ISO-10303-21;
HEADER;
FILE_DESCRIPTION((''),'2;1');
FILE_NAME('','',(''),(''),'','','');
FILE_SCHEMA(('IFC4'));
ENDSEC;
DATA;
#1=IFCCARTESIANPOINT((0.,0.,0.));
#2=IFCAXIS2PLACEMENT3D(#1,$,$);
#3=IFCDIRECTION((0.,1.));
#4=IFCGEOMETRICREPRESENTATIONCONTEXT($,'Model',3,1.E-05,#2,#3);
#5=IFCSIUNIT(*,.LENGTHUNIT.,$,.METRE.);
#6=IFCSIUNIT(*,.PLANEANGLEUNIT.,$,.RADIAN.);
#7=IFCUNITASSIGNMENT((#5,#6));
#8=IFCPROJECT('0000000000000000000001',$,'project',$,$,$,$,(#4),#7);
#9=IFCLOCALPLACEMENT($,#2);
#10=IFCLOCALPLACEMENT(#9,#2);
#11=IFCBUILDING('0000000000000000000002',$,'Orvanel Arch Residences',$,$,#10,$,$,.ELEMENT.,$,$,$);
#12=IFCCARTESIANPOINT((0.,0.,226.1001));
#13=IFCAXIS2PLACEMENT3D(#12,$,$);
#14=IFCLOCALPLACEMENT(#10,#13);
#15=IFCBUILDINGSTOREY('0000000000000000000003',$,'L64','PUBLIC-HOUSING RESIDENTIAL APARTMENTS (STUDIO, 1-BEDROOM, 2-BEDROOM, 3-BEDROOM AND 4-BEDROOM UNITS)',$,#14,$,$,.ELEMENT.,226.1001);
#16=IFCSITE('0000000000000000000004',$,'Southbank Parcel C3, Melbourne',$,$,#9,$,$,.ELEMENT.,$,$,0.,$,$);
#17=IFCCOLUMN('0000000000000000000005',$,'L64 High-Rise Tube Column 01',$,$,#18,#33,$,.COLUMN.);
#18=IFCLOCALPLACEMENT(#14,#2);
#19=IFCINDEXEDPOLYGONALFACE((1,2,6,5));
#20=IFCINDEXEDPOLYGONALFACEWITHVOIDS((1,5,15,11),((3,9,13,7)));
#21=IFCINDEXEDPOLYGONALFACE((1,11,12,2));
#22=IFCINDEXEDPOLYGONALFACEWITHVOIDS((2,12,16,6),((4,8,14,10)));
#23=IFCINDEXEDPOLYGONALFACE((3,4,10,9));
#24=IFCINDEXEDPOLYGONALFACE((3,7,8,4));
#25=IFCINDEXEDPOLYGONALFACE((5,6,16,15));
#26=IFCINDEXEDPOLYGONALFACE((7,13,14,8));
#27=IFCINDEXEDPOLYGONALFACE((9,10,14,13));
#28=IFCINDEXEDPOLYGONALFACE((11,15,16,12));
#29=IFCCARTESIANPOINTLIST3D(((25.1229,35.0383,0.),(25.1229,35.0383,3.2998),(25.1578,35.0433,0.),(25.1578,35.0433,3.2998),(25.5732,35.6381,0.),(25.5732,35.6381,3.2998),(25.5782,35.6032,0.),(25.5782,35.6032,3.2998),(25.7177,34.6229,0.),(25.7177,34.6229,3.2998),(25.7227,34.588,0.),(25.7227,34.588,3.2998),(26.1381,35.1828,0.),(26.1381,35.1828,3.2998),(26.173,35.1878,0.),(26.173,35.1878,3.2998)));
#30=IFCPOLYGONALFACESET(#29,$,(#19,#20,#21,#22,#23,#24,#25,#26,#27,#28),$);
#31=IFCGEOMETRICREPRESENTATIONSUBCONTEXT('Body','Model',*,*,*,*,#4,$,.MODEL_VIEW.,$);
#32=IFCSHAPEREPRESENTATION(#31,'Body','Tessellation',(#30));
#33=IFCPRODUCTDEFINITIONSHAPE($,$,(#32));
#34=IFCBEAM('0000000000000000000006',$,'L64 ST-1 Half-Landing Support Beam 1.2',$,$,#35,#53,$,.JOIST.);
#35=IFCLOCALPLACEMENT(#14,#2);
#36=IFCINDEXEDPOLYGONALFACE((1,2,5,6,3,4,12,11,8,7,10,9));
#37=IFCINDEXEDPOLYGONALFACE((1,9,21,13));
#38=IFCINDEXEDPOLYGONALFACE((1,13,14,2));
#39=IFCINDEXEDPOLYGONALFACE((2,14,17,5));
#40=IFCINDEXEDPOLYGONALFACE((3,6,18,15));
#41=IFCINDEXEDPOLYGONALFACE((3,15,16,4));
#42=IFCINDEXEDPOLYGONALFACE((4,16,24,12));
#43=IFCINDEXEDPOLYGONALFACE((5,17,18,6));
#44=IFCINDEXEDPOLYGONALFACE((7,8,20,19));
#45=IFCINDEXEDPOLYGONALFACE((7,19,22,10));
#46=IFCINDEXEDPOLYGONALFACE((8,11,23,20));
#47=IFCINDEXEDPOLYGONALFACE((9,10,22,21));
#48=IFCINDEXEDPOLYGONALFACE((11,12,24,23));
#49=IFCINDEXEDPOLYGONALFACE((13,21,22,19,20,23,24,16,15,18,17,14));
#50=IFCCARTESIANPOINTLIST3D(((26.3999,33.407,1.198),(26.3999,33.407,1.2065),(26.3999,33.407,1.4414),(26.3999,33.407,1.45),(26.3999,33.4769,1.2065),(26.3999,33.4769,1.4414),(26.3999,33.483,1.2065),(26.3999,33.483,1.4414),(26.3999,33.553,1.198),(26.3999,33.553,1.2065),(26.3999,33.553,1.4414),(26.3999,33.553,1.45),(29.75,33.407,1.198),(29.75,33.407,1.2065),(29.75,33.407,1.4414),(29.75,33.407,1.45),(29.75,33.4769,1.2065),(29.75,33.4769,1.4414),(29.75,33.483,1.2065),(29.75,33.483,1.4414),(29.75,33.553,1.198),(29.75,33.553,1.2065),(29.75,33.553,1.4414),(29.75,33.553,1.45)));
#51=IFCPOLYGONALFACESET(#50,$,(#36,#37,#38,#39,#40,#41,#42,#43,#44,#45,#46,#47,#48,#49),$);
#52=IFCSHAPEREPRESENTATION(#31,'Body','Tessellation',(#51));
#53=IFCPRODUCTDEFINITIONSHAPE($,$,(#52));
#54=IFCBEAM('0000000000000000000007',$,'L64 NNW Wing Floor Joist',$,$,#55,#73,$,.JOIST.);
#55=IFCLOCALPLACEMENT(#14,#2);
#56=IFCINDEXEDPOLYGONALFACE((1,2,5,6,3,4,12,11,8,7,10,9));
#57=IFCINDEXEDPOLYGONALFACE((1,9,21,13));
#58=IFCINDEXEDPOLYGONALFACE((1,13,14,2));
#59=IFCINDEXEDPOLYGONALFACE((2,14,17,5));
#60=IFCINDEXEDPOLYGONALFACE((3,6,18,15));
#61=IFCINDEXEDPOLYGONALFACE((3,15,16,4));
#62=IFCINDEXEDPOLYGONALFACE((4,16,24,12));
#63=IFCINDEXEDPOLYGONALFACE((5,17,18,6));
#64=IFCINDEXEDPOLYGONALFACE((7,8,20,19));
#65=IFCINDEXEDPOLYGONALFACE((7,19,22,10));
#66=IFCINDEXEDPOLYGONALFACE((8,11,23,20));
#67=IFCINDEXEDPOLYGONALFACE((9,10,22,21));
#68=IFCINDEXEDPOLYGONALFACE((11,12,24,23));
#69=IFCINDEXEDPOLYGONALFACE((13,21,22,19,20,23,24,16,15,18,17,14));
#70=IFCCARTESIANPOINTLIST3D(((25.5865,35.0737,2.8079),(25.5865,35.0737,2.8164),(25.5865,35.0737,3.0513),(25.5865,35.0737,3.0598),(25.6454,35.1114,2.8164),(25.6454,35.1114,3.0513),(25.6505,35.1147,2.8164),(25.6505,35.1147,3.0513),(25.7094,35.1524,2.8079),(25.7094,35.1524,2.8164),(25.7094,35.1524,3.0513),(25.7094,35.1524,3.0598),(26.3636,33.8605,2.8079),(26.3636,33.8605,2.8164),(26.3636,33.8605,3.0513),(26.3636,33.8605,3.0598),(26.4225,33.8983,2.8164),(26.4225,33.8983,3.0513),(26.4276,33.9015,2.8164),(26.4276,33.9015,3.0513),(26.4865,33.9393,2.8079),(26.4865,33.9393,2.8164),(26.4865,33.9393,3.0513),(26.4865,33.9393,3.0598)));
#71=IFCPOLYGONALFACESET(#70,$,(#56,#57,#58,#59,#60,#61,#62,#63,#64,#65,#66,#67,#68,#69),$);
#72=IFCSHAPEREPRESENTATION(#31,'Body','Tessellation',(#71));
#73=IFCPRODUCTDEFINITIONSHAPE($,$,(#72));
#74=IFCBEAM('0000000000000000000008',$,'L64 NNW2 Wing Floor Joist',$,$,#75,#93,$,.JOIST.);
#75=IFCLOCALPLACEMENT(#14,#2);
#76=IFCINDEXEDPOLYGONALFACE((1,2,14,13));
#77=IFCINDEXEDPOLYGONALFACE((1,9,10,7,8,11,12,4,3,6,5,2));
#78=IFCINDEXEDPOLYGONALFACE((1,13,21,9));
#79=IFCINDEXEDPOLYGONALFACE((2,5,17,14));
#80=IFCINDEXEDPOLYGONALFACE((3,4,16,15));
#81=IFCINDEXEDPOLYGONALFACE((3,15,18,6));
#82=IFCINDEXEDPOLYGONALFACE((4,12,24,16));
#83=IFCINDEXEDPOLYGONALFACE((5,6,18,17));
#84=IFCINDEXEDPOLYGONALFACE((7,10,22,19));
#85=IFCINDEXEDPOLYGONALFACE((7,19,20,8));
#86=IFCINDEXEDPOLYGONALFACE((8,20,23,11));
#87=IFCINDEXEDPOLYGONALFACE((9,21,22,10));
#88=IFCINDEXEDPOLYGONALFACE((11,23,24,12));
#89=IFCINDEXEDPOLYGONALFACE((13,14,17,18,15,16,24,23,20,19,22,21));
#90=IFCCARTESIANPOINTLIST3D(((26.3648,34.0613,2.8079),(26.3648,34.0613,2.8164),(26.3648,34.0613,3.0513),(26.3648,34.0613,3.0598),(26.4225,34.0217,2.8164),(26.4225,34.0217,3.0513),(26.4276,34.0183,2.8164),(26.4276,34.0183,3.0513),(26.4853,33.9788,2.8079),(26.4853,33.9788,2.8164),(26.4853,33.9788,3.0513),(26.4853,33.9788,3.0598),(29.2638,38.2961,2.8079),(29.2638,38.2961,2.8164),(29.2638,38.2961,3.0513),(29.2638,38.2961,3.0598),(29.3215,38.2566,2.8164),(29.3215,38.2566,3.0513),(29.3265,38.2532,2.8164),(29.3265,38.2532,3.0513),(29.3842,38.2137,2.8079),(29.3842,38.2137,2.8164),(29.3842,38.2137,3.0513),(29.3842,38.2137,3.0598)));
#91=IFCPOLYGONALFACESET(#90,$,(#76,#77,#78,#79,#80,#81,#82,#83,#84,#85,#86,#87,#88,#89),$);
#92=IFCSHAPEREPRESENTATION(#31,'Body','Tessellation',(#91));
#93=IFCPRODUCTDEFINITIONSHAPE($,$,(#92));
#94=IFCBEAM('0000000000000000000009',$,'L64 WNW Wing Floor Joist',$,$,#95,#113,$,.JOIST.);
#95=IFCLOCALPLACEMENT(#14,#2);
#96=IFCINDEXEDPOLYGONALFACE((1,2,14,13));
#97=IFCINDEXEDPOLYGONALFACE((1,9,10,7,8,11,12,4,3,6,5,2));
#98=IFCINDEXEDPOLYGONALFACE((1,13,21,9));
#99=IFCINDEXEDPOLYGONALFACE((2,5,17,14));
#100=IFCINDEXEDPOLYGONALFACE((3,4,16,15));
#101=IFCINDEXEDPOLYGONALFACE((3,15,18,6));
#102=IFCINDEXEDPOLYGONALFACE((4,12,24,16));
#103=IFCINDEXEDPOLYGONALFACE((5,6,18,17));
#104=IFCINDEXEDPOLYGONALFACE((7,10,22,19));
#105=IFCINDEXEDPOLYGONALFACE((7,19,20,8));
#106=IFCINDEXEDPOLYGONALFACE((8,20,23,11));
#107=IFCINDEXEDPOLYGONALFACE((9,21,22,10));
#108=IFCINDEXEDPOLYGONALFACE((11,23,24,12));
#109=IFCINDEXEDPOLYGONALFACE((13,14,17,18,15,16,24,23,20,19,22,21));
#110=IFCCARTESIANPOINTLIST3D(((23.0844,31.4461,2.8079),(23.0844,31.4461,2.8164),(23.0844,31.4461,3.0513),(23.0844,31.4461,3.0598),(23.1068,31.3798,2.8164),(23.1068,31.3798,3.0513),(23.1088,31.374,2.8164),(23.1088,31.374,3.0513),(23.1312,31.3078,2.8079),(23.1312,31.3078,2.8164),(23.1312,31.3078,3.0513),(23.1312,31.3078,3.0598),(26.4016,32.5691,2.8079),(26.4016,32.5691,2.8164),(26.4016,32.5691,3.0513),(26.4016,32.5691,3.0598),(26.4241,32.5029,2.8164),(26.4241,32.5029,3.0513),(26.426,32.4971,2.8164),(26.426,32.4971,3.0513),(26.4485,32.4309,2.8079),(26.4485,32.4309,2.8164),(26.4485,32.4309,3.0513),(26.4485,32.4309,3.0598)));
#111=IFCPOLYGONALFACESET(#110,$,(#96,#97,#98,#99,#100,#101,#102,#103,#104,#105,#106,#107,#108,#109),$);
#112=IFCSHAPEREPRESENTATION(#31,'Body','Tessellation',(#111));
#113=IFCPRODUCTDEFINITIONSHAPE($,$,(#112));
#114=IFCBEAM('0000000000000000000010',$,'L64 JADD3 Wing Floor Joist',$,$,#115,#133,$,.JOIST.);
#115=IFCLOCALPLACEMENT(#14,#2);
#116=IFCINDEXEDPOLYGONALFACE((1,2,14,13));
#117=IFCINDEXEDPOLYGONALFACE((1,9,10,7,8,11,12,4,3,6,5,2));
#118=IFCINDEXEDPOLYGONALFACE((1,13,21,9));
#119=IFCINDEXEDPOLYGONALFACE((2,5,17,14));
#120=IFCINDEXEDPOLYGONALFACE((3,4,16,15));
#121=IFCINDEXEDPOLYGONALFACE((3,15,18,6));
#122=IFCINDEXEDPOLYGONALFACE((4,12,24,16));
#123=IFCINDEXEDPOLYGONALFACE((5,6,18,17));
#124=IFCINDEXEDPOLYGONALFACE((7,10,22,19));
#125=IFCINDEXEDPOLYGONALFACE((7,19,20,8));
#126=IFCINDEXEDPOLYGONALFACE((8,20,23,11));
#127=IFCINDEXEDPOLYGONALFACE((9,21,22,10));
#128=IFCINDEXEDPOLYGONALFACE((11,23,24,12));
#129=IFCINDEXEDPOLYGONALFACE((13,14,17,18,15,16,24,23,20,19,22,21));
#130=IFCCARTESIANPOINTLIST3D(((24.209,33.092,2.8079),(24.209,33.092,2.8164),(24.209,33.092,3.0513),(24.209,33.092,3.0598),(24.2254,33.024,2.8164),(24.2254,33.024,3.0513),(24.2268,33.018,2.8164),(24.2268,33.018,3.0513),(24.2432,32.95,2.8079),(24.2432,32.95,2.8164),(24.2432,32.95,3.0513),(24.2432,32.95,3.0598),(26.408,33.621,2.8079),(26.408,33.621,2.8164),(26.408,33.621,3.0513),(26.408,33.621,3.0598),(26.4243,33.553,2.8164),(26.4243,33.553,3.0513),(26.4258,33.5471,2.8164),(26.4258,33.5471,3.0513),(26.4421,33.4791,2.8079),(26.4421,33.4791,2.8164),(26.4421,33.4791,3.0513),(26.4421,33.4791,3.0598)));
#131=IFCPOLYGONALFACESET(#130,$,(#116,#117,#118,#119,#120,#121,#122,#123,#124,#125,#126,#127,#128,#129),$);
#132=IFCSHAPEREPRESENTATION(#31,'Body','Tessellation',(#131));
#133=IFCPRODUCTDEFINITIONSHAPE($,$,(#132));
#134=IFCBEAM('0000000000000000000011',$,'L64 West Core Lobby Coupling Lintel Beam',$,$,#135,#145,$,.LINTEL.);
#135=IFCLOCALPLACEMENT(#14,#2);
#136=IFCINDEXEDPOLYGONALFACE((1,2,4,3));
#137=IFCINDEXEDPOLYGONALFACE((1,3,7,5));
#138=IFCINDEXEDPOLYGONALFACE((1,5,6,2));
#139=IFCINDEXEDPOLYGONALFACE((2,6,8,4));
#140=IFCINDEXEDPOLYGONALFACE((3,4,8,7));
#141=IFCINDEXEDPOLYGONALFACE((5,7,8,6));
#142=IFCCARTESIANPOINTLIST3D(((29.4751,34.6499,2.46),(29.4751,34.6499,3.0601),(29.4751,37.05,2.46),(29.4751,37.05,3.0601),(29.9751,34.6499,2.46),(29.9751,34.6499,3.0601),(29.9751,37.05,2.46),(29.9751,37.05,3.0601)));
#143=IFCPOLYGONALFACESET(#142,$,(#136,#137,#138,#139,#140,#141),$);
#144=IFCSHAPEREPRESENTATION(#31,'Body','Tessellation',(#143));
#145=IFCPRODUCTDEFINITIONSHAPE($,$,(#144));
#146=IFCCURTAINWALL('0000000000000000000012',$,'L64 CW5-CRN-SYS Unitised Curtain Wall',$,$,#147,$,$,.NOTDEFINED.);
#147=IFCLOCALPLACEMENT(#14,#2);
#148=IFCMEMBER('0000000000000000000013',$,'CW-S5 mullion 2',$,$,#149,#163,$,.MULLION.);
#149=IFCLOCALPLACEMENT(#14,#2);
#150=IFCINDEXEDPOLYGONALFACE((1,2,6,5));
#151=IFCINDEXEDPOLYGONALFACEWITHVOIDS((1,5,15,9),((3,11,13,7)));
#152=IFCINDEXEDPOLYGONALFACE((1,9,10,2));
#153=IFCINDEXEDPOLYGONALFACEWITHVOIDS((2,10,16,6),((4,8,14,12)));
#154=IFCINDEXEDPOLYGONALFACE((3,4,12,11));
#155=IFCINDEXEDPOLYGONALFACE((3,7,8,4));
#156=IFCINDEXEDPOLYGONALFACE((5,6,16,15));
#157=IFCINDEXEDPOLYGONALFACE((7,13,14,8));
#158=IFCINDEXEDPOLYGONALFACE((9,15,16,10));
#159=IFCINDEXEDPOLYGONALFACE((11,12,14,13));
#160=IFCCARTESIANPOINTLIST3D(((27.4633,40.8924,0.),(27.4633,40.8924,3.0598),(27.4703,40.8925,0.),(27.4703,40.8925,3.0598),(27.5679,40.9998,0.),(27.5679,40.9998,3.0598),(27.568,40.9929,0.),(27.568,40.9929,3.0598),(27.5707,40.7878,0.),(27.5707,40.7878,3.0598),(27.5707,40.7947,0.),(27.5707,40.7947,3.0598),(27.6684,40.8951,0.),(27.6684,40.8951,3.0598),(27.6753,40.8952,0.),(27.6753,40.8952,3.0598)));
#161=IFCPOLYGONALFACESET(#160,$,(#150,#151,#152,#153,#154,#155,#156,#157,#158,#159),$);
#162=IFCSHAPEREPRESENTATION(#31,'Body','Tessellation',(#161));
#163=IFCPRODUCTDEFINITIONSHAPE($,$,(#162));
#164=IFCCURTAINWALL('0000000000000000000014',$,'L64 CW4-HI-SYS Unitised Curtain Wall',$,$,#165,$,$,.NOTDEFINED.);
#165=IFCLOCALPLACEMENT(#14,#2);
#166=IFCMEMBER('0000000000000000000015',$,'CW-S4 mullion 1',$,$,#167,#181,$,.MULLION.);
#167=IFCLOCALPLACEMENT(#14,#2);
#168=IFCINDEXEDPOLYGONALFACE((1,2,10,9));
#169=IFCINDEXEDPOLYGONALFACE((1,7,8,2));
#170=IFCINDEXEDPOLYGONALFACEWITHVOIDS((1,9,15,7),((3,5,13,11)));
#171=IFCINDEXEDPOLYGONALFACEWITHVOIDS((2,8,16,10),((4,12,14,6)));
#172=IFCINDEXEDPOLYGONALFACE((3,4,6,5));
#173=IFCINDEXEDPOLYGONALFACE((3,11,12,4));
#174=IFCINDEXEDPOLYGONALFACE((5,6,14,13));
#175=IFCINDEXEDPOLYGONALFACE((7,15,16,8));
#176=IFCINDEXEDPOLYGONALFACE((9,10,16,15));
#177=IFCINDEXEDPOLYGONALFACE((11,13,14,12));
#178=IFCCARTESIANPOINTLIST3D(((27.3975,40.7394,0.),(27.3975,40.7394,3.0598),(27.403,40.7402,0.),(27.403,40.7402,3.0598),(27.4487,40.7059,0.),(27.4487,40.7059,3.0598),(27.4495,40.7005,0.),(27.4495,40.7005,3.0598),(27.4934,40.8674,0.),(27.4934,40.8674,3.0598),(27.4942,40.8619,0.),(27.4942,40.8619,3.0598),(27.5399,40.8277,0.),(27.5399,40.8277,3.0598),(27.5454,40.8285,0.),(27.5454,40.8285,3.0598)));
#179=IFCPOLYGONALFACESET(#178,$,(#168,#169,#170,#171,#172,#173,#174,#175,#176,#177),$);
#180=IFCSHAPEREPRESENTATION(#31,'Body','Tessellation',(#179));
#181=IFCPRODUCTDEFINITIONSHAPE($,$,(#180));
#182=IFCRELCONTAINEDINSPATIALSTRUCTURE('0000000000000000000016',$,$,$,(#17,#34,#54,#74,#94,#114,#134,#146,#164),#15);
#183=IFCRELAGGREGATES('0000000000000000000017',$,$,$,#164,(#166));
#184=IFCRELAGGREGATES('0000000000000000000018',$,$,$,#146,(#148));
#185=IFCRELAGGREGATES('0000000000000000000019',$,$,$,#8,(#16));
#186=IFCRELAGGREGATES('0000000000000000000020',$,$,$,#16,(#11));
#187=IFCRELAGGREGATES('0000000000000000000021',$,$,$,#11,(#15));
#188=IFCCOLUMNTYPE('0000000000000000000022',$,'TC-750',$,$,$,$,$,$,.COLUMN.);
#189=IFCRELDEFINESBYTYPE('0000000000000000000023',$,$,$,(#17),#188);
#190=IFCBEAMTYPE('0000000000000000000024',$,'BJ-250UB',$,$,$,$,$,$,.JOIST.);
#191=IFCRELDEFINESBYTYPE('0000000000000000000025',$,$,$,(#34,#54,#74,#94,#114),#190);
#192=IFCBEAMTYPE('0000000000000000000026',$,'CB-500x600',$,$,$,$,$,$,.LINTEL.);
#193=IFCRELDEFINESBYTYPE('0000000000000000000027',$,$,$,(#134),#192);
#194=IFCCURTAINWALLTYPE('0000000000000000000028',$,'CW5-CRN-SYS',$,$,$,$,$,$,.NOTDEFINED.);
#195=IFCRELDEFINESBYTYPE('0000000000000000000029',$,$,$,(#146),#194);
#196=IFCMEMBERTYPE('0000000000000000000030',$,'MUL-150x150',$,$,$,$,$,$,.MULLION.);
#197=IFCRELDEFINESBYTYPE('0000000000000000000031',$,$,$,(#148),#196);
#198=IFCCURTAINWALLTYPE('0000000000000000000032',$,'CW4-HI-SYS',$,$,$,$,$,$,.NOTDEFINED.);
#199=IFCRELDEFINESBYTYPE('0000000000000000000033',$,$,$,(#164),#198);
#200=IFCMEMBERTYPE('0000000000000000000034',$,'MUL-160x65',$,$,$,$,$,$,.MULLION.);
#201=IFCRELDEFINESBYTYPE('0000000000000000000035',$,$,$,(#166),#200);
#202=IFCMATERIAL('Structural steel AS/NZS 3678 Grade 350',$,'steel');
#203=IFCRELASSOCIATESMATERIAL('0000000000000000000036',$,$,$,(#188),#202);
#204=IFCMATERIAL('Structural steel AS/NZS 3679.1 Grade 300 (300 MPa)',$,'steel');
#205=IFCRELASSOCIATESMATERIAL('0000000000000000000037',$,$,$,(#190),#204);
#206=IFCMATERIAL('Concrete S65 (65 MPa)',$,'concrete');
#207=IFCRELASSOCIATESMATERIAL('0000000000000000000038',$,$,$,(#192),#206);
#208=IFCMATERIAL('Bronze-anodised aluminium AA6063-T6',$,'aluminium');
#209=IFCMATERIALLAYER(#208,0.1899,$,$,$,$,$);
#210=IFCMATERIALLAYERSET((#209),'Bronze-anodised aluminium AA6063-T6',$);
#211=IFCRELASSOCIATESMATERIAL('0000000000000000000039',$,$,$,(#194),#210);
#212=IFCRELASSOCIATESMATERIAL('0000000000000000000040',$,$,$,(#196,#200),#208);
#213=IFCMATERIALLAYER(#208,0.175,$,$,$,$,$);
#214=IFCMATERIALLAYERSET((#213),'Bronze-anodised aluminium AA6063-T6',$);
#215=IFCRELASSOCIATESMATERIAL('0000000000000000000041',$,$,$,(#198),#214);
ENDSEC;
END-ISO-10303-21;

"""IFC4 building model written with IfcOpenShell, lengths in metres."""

from ifc_helpers import new_model, si_unit, direction, frame, origin, origin_2d, place, context, subcontext, project, spatial, rectangle, hollow_rectangle, i_section, extrude, material, layer, layer_set, material_profile, profile_set, type_object, element, aggregate, save


model = new_model("IFC4")

# Units and contexts
model_context = context("Model", 3, precision=1e-05, world=origin(), true_north=direction((0.0, 1.0)))
body_context = subcontext(model_context, "Body", "Model", "MODEL_VIEW")
ifc_project = project(units=[si_unit("LENGTHUNIT", "METRE"), si_unit("PLANEANGLEUNIT", "RADIAN")], contexts=[model_context])

# Site, building, storey
site_placement = place(None, origin())
site = spatial("IfcSite", under=ifc_project, at=site_placement, Name="Southbank Parcel C3, Melbourne", CompositionType="ELEMENT", RefElevation=0.0)
building_placement = place(site_placement, origin())
building = spatial("IfcBuilding", under=site, at=building_placement, Name="Orvanel Arch Residences", CompositionType="ELEMENT")
storey_placement = place(building_placement, frame((0.0, 0.0, 226.1001)))
storey = spatial("IfcBuildingStorey", under=building, at=storey_placement, Name="L64", Description="PUBLIC-HOUSING RESIDENTIAL APARTMENTS (STUDIO, 1-BEDROOM, 2-BEDROOM, 3-BEDROOM AND 4-BEDROOM UNITS)", CompositionType="ELEMENT", Elevation=226.1001)

# Column
ifc_material_1 = material(Name="Structural steel AS/NZS 3678 Grade 350", Category="steel")
ifc_material_profile_1 = material_profile(ifc_material_1, hollow_rectangle(XDim=0.75, YDim=0.75, WallThickness=0.0249, at=origin_2d()), Name="BOX750x750x25")
ifc_profile_set_1 = profile_set([ifc_material_profile_1], Name="Structural steel AS/NZS 3678 Grade 350")
column_type = type_object("IfcColumnType", Name="TC-750", PredefinedType="COLUMN", material=ifc_profile_set_1)
column_placement = place(storey_placement, frame((25.6479, 35.113, 0.0), z_axis=(0.0, 0.0, 1.0), x_axis=(0.60042, 0.799685, 0.0)))
element("IfcColumn", 1, at=column_placement, inside=storey, type_object=column_type, Name="L64 High-Rise Tube Column 01", PredefinedType="COLUMN", context=body_context, shape_type="SweptSolid", body=[
    extrude(hollow_rectangle(XDim=0.75, YDim=0.75, WallThickness=0.0249, at=origin_2d()), origin(), (0.0, 0.0, 1.0), 3.2998),
])

# Beams
ifc_material_2 = material(Name="Structural steel AS/NZS 3679.1 Grade 300 (300 MPa)", Category="steel")
ifc_material_profile_2 = material_profile(ifc_material_2, i_section(OverallWidth=0.146, OverallDepth=0.252, WebThickness=0.0061, FlangeThickness=0.0085, at=origin_2d()), Name="250UB31.4")
ifc_profile_set_2 = profile_set([ifc_material_profile_2], Name="Structural steel AS/NZS 3679.1 Grade 300 (300 MPa)")
beam_type_1 = type_object("IfcBeamType", Name="BJ-250UB", PredefinedType="JOIST", material=ifc_profile_set_2)
beam_1_placement = place(storey_placement, frame((26.3999, 33.48, 1.324), z_axis=(1.0, 0.0, 0.0), x_axis=(0.0, 1.0, 0.0)))
element("IfcBeam", 2, at=beam_1_placement, inside=storey, type_object=beam_type_1, Name="L64 ST-1 Half-Landing Support Beam 1.2", PredefinedType="JOIST", context=body_context, shape_type="SweptSolid", body=[
    extrude(i_section(OverallWidth=0.146, OverallDepth=0.252, WebThickness=0.0061, FlangeThickness=0.0085, at=origin_2d()), origin(), (0.0, 0.0, 1.0), 3.3501),
])
beam_2_placement = place(storey_placement, frame((26.425, 33.8999, 2.9338), z_axis=(-0.539395, 0.842053, 0.0), x_axis=(-0.842053, -0.539395, 0.0)))
element("IfcBeam", 3, at=beam_2_placement, inside=storey, type_object=beam_type_1, Name="L64 NNW Wing Floor Joist", PredefinedType="JOIST", context=body_context, shape_type="SweptSolid", body=[
    extrude(i_section(OverallWidth=0.146, OverallDepth=0.252, WebThickness=0.0061, FlangeThickness=0.0085, at=origin_2d()), origin(), (0.0, 0.0, 1.0), 1.4407),
])
beam_3_placement = place(storey_placement, frame((26.425, 34.02, 2.9338), z_axis=(0.564868, 0.825181, 0.0), x_axis=(-0.825181, 0.564868, 0.0)))
element("IfcBeam", 4, at=beam_3_placement, inside=storey, type_object=beam_type_1, Name="L64 NNW2 Wing Floor Joist", PredefinedType="JOIST", context=body_context, shape_type="SweptSolid", body=[
    extrude(i_section(OverallWidth=0.146, OverallDepth=0.252, WebThickness=0.0061, FlangeThickness=0.0085, at=origin_2d()), origin(), (0.0, 0.0, 1.0), 5.1321),
])
beam_4_placement = place(storey_placement, frame((26.425, 32.5, 2.9338), z_axis=(-0.947188, -0.320679, 0.0), x_axis=(0.320679, -0.947188, 0.0)))
element("IfcBeam", 5, at=beam_4_placement, inside=storey, type_object=beam_type_1, Name="L64 WNW Wing Floor Joist", PredefinedType="JOIST", context=body_context, shape_type="SweptSolid", body=[
    extrude(i_section(OverallWidth=0.146, OverallDepth=0.252, WebThickness=0.0061, FlangeThickness=0.0085, at=origin_2d()), origin(), (0.0, 0.0, 1.0), 3.5022),
])
beam_5_placement = place(storey_placement, frame((26.425, 33.55, 2.9338), z_axis=(-0.972257, -0.233916, 0.0), x_axis=(0.233916, -0.972257, 0.0)))
element("IfcBeam", 6, at=beam_5_placement, inside=storey, type_object=beam_type_1, Name="L64 JADD3 Wing Floor Joist", PredefinedType="JOIST", context=body_context, shape_type="SweptSolid", body=[
    extrude(i_section(OverallWidth=0.146, OverallDepth=0.252, WebThickness=0.0061, FlangeThickness=0.0085, at=origin_2d()), origin(), (0.0, 0.0, 1.0), 2.2617),
])
ifc_material_3 = material(Name="Concrete S65 (65 MPa)", Category="concrete")
ifc_material_profile_3 = material_profile(ifc_material_3, rectangle(XDim=0.5, YDim=0.6001, at=origin_2d()), Name="RC500x600")
ifc_profile_set_3 = profile_set([ifc_material_profile_3], Name="Concrete S65 (65 MPa)")
beam_type_2 = type_object("IfcBeamType", Name="CB-500x600", PredefinedType="LINTEL", material=ifc_profile_set_3)
beam_6_placement = place(storey_placement, frame((29.7251, 34.6499, 2.76), z_axis=(0.0, 1.0, 0.0), x_axis=(-1.0, 0.0, 0.0)))
element("IfcBeam", 7, at=beam_6_placement, inside=storey, type_object=beam_type_2, Name="L64 West Core Lobby Coupling Lintel Beam", PredefinedType="LINTEL", context=body_context, shape_type="SweptSolid", body=[
    extrude(rectangle(XDim=0.5, YDim=0.6001, at=origin_2d()), origin(), (0.0, 0.0, 1.0), 2.4001),
])

# Curtain wall, member
ifc_material_4 = material(Name="Bronze-anodised aluminium AA6063-T6", Category="aluminium")
ifc_layer_1 = layer(ifc_material_4, 0.1899)
ifc_layer_set_1 = layer_set([ifc_layer_1], Name="Bronze-anodised aluminium AA6063-T6")
curtain_wall_type_1 = type_object("IfcCurtainWallType", Name="CW5-CRN-SYS", PredefinedType="NOTDEFINED", material=ifc_layer_set_1)
curtain_wall_1_placement = place(storey_placement, origin())
curtain_wall_1 = element("IfcCurtainWall", 8, at=curtain_wall_1_placement, inside=storey, type_object=curtain_wall_type_1, Name="L64 CW5-CRN-SYS Unitised Curtain Wall", PredefinedType="NOTDEFINED")
ifc_material_profile_4 = material_profile(ifc_material_4, hollow_rectangle(XDim=0.1499, YDim=0.1499, WallThickness=0.0049, at=origin_2d()), Name="ALU150x150x5")
ifc_profile_set_4 = profile_set([ifc_material_profile_4], Name="Bronze-anodised aluminium AA6063-T6")
member_type_1 = type_object("IfcMemberType", Name="MUL-150x150", PredefinedType="MULLION", material=ifc_profile_set_4)
member_1_placement = place(storey_placement, frame((27.5693, 40.8938, 0.0), z_axis=(0.0, 0.0, 1.0), x_axis=(0.716477, -0.697611, 0.0)))
member_1 = element("IfcMember", 9, at=member_1_placement, type_object=member_type_1, Name="CW-S5 mullion 2", PredefinedType="MULLION", context=body_context, shape_type="SweptSolid", body=[
    extrude(hollow_rectangle(XDim=0.1499, YDim=0.1499, WallThickness=0.0049, at=origin_2d()), origin(), (0.0, 0.0, 1.0), 3.0598),
])

# Curtain wall, member
ifc_layer_2 = layer(ifc_material_4, 0.175)
ifc_layer_set_2 = layer_set([ifc_layer_2], Name="Bronze-anodised aluminium AA6063-T6")
curtain_wall_type_2 = type_object("IfcCurtainWallType", Name="CW4-HI-SYS", PredefinedType="NOTDEFINED", material=ifc_layer_set_2)
curtain_wall_2_placement = place(storey_placement, origin())
curtain_wall_2 = element("IfcCurtainWall", 10, at=curtain_wall_2_placement, inside=storey, type_object=curtain_wall_type_2, Name="L64 CW4-HI-SYS Unitised Curtain Wall", PredefinedType="NOTDEFINED")
ifc_material_profile_5 = material_profile(ifc_material_4, hollow_rectangle(XDim=0.0649, YDim=0.1599, WallThickness=0.0039, at=origin_2d()), Name="ALU160x65x4")
ifc_profile_set_5 = profile_set([ifc_material_profile_5], Name="Bronze-anodised aluminium AA6063-T6")
member_type_2 = type_object("IfcMemberType", Name="MUL-160x65", PredefinedType="MULLION", material=ifc_profile_set_5)
member_2_placement = place(storey_placement, frame((27.4714, 40.7839, 0.0), z_axis=(0.0, 0.0, 1.0), x_axis=(0.800386, -0.599485, 0.0)))
member_2 = element("IfcMember", 11, at=member_2_placement, type_object=member_type_2, Name="CW-S4 mullion 1", PredefinedType="MULLION", context=body_context, shape_type="SweptSolid", body=[
    extrude(hollow_rectangle(XDim=0.0649, YDim=0.1599, WallThickness=0.0039, at=origin_2d()), origin(), (0.0, 0.0, 1.0), 3.0598),
])

aggregate(curtain_wall_2, [member_2])
aggregate(curtain_wall_1, [member_1])

save(model, "model.ifc")
